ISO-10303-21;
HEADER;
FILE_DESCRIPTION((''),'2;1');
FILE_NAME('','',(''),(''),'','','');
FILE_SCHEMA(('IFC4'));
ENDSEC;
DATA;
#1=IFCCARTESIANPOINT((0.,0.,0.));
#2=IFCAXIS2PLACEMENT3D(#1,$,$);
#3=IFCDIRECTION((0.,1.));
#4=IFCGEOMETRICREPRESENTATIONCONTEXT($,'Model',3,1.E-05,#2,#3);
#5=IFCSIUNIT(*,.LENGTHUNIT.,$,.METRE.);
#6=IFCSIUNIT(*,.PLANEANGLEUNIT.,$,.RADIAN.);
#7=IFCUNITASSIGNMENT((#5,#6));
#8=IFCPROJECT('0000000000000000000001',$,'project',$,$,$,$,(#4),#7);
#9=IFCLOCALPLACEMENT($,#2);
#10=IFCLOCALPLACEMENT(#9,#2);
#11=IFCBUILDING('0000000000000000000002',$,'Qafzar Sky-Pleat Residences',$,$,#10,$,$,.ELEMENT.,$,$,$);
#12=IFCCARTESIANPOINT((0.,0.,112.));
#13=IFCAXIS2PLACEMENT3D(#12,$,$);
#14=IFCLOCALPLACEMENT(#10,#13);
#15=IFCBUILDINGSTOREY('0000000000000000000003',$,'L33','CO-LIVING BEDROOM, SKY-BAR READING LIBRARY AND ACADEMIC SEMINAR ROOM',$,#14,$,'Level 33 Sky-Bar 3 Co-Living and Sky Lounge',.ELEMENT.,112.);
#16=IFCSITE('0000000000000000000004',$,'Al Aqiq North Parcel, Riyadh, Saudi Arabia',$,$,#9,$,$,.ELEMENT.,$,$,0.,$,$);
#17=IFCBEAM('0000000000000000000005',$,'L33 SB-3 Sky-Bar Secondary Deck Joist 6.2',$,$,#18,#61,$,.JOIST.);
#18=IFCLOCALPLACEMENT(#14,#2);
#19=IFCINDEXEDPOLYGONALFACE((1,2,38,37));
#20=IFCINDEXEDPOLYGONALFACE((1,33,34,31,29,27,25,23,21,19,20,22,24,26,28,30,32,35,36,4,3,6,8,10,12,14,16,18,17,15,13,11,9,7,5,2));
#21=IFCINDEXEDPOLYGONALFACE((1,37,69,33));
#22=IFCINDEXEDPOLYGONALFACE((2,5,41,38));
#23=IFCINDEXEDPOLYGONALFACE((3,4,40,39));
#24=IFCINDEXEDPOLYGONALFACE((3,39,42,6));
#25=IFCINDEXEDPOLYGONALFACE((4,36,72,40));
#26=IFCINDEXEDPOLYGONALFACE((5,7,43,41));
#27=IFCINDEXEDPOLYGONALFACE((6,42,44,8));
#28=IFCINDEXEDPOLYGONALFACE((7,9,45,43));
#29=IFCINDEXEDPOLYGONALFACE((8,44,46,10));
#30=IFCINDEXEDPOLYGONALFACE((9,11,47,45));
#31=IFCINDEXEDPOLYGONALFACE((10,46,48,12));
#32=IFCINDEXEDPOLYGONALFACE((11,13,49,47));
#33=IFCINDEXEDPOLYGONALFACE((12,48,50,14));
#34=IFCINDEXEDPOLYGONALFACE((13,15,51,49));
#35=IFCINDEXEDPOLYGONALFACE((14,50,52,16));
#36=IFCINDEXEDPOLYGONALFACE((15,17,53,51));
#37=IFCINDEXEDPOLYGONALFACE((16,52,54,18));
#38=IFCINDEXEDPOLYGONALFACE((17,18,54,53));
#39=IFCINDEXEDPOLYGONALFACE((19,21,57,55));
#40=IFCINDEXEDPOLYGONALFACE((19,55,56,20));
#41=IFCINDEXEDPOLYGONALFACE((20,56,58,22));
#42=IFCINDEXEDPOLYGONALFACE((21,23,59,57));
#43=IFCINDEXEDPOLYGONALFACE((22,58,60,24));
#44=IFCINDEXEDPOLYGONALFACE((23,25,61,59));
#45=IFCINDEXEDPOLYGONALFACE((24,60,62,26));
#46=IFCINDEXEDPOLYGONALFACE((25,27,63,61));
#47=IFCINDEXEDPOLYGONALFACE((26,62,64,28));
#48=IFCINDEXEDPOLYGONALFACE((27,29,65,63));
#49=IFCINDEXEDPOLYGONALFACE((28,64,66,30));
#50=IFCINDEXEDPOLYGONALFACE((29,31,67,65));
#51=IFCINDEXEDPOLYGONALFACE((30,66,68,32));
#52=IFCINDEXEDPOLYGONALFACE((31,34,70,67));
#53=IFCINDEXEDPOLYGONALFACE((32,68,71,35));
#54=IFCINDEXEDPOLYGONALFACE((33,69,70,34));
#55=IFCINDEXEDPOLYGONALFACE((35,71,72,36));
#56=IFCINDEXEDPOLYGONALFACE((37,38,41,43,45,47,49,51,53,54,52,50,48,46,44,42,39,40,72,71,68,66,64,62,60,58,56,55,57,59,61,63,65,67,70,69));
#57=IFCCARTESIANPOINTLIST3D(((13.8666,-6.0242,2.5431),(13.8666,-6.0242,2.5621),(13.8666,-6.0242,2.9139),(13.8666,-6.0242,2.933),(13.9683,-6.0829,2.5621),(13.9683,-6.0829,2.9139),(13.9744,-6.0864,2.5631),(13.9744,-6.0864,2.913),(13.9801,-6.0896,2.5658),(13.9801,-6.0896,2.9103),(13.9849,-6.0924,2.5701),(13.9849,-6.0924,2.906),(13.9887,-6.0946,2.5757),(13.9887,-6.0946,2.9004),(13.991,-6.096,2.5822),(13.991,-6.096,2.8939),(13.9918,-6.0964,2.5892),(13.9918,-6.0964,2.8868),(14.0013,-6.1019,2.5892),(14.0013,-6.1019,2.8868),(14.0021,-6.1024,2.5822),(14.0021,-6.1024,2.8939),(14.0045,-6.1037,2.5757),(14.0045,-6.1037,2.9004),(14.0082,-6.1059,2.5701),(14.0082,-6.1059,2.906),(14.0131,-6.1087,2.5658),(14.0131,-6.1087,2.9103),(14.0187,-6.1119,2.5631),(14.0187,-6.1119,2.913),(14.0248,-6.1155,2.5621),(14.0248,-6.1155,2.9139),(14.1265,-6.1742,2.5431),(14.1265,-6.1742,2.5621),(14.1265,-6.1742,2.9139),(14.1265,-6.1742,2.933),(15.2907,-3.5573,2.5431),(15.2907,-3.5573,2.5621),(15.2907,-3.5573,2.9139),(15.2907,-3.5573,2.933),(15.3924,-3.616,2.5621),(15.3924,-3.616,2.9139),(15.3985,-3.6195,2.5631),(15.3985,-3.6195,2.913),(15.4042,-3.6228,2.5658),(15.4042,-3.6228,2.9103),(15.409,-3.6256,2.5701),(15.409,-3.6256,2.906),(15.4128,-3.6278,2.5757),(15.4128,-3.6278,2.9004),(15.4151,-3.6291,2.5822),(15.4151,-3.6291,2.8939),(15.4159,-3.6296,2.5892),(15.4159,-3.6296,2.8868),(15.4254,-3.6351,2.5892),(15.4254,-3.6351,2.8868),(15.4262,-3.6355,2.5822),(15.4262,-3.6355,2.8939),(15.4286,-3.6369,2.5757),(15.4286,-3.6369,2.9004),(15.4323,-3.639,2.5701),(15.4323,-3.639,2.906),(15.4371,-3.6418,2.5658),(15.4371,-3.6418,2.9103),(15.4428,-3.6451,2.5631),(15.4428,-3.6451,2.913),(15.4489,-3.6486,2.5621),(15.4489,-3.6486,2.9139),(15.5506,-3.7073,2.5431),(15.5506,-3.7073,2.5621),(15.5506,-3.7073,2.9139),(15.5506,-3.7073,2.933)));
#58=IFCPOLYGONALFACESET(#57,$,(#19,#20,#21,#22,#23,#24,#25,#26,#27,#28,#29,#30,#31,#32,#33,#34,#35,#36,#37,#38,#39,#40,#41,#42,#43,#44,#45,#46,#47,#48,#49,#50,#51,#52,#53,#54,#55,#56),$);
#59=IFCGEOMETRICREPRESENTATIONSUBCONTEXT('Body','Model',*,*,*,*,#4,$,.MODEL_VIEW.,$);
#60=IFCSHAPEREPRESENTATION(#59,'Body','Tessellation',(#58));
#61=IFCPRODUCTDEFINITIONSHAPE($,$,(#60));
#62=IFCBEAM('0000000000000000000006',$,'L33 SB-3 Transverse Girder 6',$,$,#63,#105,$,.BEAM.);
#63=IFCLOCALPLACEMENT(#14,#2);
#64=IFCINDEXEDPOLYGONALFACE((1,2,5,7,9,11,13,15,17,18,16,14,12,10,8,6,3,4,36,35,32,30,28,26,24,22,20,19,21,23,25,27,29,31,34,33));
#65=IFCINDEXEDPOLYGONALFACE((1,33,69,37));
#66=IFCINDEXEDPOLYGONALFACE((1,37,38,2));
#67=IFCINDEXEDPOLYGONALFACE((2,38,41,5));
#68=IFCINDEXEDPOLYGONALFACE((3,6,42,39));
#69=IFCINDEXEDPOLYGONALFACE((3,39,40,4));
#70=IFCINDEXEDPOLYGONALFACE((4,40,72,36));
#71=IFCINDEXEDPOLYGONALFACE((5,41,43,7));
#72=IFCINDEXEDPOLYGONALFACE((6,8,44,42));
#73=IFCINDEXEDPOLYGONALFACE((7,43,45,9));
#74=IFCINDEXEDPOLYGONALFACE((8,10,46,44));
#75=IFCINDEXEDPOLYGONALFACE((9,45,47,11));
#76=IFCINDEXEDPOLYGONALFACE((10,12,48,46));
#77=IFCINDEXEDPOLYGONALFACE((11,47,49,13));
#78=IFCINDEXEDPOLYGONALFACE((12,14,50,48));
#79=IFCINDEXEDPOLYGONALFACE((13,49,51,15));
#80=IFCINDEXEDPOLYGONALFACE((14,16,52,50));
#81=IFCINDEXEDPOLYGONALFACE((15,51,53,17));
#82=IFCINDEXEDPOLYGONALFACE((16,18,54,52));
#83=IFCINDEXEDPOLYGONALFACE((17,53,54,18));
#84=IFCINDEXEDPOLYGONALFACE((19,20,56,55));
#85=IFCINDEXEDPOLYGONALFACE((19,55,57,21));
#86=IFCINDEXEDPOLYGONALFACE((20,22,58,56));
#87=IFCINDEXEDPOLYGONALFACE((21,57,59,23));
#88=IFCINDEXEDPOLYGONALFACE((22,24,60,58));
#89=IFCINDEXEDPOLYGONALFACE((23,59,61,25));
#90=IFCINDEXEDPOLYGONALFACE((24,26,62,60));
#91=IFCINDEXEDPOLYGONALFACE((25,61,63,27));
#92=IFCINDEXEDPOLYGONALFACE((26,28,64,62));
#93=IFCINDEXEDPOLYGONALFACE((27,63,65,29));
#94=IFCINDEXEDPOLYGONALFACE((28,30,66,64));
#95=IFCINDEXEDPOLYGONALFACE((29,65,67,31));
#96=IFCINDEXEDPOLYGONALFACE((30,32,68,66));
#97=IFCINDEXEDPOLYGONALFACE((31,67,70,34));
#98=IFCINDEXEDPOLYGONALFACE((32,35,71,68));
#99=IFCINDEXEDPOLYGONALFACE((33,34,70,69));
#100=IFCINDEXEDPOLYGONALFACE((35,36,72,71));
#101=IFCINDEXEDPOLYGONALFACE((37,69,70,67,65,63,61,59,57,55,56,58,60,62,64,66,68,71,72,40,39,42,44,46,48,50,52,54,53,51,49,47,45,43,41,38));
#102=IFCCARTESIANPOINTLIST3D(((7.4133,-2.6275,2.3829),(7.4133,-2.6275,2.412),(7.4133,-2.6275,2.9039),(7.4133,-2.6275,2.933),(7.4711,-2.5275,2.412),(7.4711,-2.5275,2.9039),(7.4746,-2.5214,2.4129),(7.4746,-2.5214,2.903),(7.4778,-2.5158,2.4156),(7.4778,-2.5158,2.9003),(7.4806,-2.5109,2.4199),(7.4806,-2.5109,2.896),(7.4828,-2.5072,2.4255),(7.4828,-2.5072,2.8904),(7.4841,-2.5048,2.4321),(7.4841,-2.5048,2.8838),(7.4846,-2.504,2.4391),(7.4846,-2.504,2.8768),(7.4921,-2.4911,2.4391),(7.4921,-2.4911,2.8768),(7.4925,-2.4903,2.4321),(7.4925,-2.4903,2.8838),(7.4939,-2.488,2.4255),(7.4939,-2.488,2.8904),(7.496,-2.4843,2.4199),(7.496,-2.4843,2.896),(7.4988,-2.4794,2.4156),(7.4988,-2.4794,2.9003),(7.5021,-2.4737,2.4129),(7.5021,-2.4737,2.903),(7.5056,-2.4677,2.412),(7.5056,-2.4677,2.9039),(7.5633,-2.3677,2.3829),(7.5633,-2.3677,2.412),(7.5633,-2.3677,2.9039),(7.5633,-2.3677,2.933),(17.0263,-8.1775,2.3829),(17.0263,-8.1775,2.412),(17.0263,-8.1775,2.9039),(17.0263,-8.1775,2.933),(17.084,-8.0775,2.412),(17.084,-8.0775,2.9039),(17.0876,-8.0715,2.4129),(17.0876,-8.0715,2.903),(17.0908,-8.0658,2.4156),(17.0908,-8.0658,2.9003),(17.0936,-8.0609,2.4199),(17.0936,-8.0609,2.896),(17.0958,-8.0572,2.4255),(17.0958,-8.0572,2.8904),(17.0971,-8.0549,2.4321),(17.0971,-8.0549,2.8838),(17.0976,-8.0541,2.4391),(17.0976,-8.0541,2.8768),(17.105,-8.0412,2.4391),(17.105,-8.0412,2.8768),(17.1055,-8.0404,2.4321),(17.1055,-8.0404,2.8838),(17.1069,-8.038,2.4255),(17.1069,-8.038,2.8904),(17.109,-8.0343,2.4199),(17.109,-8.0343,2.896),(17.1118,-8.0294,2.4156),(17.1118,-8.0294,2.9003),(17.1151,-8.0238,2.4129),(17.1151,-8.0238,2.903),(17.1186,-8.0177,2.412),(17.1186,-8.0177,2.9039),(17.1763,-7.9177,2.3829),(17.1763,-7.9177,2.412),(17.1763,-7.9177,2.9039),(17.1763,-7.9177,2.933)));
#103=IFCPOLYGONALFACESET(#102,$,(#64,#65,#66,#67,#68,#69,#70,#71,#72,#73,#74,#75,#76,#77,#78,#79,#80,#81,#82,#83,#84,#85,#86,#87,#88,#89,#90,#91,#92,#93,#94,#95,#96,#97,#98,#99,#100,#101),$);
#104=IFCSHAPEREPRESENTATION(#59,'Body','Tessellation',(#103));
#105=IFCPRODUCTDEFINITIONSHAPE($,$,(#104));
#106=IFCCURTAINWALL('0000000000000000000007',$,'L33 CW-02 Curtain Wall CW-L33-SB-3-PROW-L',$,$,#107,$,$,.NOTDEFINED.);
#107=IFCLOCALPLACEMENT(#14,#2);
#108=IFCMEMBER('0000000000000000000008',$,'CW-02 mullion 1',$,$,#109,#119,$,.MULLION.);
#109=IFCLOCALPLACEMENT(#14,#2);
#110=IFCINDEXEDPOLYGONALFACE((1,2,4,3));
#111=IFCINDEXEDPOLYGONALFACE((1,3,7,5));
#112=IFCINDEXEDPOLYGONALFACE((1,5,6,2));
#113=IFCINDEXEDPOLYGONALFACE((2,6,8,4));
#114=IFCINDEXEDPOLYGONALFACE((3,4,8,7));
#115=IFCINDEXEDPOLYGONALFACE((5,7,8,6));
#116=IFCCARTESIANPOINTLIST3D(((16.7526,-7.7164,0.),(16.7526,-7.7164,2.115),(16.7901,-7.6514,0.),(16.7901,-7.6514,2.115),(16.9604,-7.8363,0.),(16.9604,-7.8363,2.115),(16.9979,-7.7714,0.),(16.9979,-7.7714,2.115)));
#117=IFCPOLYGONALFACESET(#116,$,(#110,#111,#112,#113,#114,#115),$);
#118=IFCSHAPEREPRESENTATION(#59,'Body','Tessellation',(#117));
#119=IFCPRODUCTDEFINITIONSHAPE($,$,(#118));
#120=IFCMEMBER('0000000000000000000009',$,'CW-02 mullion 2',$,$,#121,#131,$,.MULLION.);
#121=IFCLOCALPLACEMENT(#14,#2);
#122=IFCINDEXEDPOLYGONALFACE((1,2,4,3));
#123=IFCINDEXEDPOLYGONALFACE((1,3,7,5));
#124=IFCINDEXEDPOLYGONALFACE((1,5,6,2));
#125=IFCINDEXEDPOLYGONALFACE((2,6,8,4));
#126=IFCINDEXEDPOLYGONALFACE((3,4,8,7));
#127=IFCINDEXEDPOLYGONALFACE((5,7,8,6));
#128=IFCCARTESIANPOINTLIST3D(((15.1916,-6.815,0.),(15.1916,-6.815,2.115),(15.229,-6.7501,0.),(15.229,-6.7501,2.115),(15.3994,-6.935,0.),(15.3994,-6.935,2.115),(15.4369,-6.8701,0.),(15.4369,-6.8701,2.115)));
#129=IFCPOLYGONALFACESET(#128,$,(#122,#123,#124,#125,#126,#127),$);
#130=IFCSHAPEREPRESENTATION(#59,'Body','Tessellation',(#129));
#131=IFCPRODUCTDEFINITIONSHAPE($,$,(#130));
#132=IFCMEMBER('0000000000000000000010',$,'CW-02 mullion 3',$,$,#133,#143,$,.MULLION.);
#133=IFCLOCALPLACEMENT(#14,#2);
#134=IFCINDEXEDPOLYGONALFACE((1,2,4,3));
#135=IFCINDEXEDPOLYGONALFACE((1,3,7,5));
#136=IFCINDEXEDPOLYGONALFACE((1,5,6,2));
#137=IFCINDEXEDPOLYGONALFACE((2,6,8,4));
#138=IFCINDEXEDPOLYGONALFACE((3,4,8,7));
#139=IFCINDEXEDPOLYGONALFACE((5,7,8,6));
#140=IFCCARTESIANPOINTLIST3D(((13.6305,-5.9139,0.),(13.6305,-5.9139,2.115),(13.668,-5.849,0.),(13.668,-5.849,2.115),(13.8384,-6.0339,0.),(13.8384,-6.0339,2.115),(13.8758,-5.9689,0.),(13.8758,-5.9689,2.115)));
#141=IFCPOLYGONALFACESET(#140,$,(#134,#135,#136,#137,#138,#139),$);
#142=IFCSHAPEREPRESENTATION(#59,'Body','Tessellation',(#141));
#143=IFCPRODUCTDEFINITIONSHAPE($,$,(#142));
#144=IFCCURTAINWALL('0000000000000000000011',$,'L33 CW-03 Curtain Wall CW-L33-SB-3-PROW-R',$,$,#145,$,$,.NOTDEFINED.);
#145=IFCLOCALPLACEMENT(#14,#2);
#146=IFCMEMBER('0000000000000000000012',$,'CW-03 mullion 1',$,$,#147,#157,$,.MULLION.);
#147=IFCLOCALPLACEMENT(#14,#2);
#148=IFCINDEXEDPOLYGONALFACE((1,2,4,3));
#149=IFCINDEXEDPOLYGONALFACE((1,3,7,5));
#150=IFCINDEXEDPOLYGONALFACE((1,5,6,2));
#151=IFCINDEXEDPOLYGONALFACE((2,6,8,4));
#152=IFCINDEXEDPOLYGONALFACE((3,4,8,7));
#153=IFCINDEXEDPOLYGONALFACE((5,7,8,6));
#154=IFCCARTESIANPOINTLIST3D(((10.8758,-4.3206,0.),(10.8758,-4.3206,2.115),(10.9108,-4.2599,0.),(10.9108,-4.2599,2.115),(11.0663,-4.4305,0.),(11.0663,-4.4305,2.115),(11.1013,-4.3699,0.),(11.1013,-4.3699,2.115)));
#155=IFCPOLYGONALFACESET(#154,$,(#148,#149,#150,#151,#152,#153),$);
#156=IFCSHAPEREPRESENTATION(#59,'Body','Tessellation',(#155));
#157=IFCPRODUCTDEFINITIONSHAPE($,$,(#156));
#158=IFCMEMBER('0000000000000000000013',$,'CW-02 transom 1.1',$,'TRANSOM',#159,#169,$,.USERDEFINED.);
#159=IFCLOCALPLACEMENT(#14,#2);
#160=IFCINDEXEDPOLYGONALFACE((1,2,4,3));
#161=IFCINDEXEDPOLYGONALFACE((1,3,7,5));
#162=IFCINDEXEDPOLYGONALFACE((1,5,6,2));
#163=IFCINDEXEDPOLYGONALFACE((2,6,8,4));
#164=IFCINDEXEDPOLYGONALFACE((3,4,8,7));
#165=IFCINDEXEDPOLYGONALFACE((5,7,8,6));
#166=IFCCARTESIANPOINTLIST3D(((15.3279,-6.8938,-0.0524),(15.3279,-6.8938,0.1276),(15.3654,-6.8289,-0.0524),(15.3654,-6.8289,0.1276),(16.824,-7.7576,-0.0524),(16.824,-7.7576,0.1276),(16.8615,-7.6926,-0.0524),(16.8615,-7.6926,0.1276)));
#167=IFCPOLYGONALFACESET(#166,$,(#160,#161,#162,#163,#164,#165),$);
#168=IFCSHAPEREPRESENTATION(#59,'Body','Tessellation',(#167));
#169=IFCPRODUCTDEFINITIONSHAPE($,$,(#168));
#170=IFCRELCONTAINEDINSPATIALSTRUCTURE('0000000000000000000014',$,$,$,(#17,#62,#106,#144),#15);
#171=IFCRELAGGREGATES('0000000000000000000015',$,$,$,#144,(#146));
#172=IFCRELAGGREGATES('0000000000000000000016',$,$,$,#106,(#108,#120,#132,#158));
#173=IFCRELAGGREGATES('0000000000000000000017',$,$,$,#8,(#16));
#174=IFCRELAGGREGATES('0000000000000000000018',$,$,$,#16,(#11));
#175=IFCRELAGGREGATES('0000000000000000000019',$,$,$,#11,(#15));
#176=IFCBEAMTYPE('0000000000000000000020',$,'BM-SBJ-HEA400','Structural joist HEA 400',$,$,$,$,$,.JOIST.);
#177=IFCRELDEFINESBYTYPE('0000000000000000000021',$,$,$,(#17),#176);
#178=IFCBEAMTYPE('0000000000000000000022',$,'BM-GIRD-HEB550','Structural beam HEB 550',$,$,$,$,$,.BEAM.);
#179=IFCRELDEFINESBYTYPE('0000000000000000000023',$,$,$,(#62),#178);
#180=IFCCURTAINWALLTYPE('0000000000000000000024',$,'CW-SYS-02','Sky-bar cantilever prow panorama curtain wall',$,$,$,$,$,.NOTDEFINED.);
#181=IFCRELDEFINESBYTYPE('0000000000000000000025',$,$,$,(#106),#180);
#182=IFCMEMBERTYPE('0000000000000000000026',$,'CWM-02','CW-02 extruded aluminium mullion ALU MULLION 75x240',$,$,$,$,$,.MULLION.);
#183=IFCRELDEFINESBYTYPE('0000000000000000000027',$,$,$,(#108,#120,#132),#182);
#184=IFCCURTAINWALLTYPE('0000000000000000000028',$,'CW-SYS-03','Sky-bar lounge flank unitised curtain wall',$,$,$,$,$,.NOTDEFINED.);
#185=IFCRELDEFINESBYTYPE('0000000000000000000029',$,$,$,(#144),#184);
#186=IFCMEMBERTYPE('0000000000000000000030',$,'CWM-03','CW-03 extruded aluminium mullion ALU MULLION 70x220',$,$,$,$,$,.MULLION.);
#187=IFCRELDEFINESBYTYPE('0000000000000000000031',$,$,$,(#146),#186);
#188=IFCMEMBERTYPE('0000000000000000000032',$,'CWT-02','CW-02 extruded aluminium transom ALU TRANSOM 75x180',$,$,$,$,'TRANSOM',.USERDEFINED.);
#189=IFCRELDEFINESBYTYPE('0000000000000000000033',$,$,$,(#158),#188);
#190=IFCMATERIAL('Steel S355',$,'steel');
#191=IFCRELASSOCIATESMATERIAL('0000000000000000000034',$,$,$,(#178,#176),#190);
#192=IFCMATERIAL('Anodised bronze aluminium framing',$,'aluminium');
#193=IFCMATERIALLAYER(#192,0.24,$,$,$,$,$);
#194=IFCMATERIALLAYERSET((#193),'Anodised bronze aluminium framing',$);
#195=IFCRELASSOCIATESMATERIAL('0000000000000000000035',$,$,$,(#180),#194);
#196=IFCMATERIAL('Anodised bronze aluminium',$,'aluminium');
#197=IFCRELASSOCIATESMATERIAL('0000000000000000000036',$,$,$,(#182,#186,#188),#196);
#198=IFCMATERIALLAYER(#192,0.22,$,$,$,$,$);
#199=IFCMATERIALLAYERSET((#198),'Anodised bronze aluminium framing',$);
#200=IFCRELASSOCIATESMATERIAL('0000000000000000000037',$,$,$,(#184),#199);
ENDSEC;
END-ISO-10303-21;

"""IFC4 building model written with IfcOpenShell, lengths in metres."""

from ifc_helpers import new_model, si_unit, direction, frame, origin, origin_2d, place, context, subcontext, project, spatial, rectangle, i_section, extrude, source, transform, mapped, material, layer, layer_set, material_profile, profile_set, type_object, element, aggregate, save


model = new_model("IFC4")

# Units and contexts
model_context = context("Model", 3, precision=1e-05, world=origin(), true_north=direction((0.0, 1.0)))
body_context = subcontext(model_context, "Body", "Model", "MODEL_VIEW")
ifc_project = project(units=[si_unit("LENGTHUNIT", "METRE"), si_unit("PLANEANGLEUNIT", "RADIAN")], contexts=[model_context])

# Site, building, storey
site_placement = place(None, origin())
site = spatial("IfcSite", under=ifc_project, at=site_placement, Name="Al Aqiq North Parcel, Riyadh, Saudi Arabia", CompositionType="ELEMENT", RefElevation=0.0)
building_placement = place(site_placement, origin())
building = spatial("IfcBuilding", under=site, at=building_placement, Name="Qafzar Sky-Pleat Residences", CompositionType="ELEMENT")
storey_placement = place(building_placement, frame((0.0, 0.0, 112.0)))
storey = spatial("IfcBuildingStorey", under=building, at=storey_placement, Name="L33", Description="CO-LIVING BEDROOM, SKY-BAR READING LIBRARY AND ACADEMIC SEMINAR ROOM", LongName="Level 33 Sky-Bar 3 Co-Living and Sky Lounge", CompositionType="ELEMENT", Elevation=112.0)

# Beams
ifc_material_1 = material(Name="Steel S355", Category="steel")
ifc_material_profile_1 = material_profile(ifc_material_1, i_section(OverallWidth=0.3, OverallDepth=0.55, WebThickness=0.0149, FlangeThickness=0.0291, FilletRadius=0.0271, at=origin_2d()), Name="HEB 550")
ifc_profile_set_1 = profile_set([ifc_material_profile_1], Name="Steel S355")
beam_type_1 = type_object("IfcBeamType", Name="BM-GIRD-HEB550", Description="Structural beam HEB 550", PredefinedType="BEAM", material=ifc_profile_set_1)
ifc_material_profile_2 = material_profile(ifc_material_1, i_section(OverallWidth=0.3, OverallDepth=0.3899, WebThickness=0.011, FlangeThickness=0.019, FilletRadius=0.0271, at=origin_2d()), Name="HEA 400")
ifc_profile_set_2 = profile_set([ifc_material_profile_2], Name="Steel S355")
beam_type_2 = type_object("IfcBeamType", Name="BM-SBJ-HEA400", Description="Structural joist HEA 400", PredefinedType="JOIST", material=ifc_profile_set_2)
shared_shape_1 = source(origin(), body_context, "Body", "SweptSolid", [
    extrude(i_section(OverallWidth=0.3, OverallDepth=0.3899, WebThickness=0.011, FlangeThickness=0.019, FilletRadius=0.0271, at=origin_2d()), origin(), (0.0, 0.0, 1.0), 2.8484),
])
for number, where, z_axis, x_axis, name in (
    (1, (15.4207, -3.6323, 2.738), (-0.499965, -0.866046, 0.0), (0.866046, -0.499965, 0.0), "L33 SB-3 Sky-Bar Secondary Deck Joist 6.2"),
):
    element("IfcBeam", number, at=place(storey_placement, frame(where, z_axis=z_axis, x_axis=x_axis)), inside=storey, type_object=beam_type_2, Name=name, PredefinedType="JOIST", context=body_context, shape_type="MappedRepresentation", body=[
        mapped(shared_shape_1, transform((0.0, 0.0, 0.0), x_axis=(1.0, 0.0, 0.0), y_axis=(0.0, 1.0, 0.0), z_axis=(0.0, 0.0, 1.0), scale=1.0)),
    ])
shared_shape_2 = source(origin(), body_context, "Body", "SweptSolid", [
    extrude(i_section(OverallWidth=0.3, OverallDepth=0.55, WebThickness=0.0149, FlangeThickness=0.0291, FilletRadius=0.0271, at=origin_2d()), origin(), (0.0, 0.0, 1.0), 11.1001),
])
beam_placement = place(storey_placement, frame((17.1013, -8.0476, 2.658), z_axis=(-0.866027, 0.499997, 0.0), x_axis=(-0.499997, -0.866027, 0.0)))
element("IfcBeam", 2, at=beam_placement, inside=storey, type_object=beam_type_1, Name="L33 SB-3 Transverse Girder 6", PredefinedType="BEAM", context=body_context, shape_type="MappedRepresentation", body=[
    mapped(shared_shape_2, transform((0.0, 0.0, 0.0), x_axis=(1.0, 0.0, 0.0), y_axis=(0.0, 1.0, 0.0), z_axis=(0.0, 0.0, 1.0), scale=1.0)),
])

# Curtain wall, members
ifc_material_2 = material(Name="Anodised bronze aluminium framing", Category="aluminium")
ifc_layer_1 = layer(ifc_material_2, 0.24)
ifc_layer_set_1 = layer_set([ifc_layer_1], Name="Anodised bronze aluminium framing")
curtain_wall_type_1 = type_object("IfcCurtainWallType", Name="CW-SYS-02", Description="Sky-bar cantilever prow panorama curtain wall", PredefinedType="NOTDEFINED", material=ifc_layer_set_1)
curtain_wall_1_placement = place(storey_placement, origin())
curtain_wall_1 = element("IfcCurtainWall", 3, at=curtain_wall_1_placement, inside=storey, type_object=curtain_wall_type_1, Name="L33 CW-02 Curtain Wall CW-L33-SB-3-PROW-L", PredefinedType="NOTDEFINED")
ifc_material_3 = material(Name="Anodised bronze aluminium", Category="aluminium")
ifc_material_profile_3 = material_profile(ifc_material_3, rectangle(XDim=0.075, YDim=0.24, at=origin_2d()), Name="ALU MULLION 75x240")
ifc_profile_set_3 = profile_set([ifc_material_profile_3], Name="Anodised bronze aluminium")
member_type_1 = type_object("IfcMemberType", Name="CWM-02", Description="CW-02 extruded aluminium mullion ALU MULLION 75x240", PredefinedType="MULLION", material=ifc_profile_set_3)
shared_shape_3 = source(origin(), body_context, "Body", "SweptSolid", [
    extrude(rectangle(XDim=0.075, YDim=0.24, at=origin_2d()), origin(), (0.0, 0.0, 1.0), 2.115),
])
member_1_placement = place(storey_placement, frame((16.8752, -7.7439, 0.0), z_axis=(0.0, 0.0, 1.0), x_axis=(-0.499997, -0.866027, 0.0)))
member_1 = element("IfcMember", 4, at=member_1_placement, type_object=member_type_1, Name="CW-02 mullion 1", PredefinedType="MULLION", context=body_context, shape_type="MappedRepresentation", body=[
    mapped(shared_shape_3, transform((0.0, 0.0, 0.0), x_axis=(1.0, 0.0, 0.0), y_axis=(0.0, 1.0, 0.0), z_axis=(0.0, 0.0, 1.0), scale=1.0)),
])
member_2_placement = place(storey_placement, frame((15.3142, -6.8425, 0.0), z_axis=(0.0, 0.0, 1.0), x_axis=(-0.499997, -0.866027, 0.0)))
member_2 = element("IfcMember", 5, at=member_2_placement, type_object=member_type_1, Name="CW-02 mullion 2", PredefinedType="MULLION", context=body_context, shape_type="MappedRepresentation", body=[
    mapped(shared_shape_3, transform((0.0, 0.0, 0.0), x_axis=(1.0, 0.0, 0.0), y_axis=(0.0, 1.0, 0.0), z_axis=(0.0, 0.0, 1.0), scale=1.0)),
])
member_3_placement = place(storey_placement, frame((13.7532, -5.9414, 0.0), z_axis=(0.0, 0.0, 1.0), x_axis=(-0.499997, -0.866027, 0.0)))
member_3 = element("IfcMember", 6, at=member_3_placement, type_object=member_type_1, Name="CW-02 mullion 3", PredefinedType="MULLION", context=body_context, shape_type="MappedRepresentation", body=[
    mapped(shared_shape_3, transform((0.0, 0.0, 0.0), x_axis=(1.0, 0.0, 0.0), y_axis=(0.0, 1.0, 0.0), z_axis=(0.0, 0.0, 1.0), scale=1.0)),
])

# Curtain wall, member
ifc_layer_2 = layer(ifc_material_2, 0.22)
ifc_layer_set_2 = layer_set([ifc_layer_2], Name="Anodised bronze aluminium framing")
curtain_wall_type_2 = type_object("IfcCurtainWallType", Name="CW-SYS-03", Description="Sky-bar lounge flank unitised curtain wall", PredefinedType="NOTDEFINED", material=ifc_layer_set_2)
curtain_wall_2_placement = place(storey_placement, origin())
curtain_wall_2 = element("IfcCurtainWall", 7, at=curtain_wall_2_placement, inside=storey, type_object=curtain_wall_type_2, Name="L33 CW-03 Curtain Wall CW-L33-SB-3-PROW-R", PredefinedType="NOTDEFINED")
ifc_material_profile_4 = material_profile(ifc_material_3, rectangle(XDim=0.0701, YDim=0.22, at=origin_2d()), Name="ALU MULLION 70x220")
ifc_profile_set_4 = profile_set([ifc_material_profile_4], Name="Anodised bronze aluminium")
member_type_2 = type_object("IfcMemberType", Name="CWM-03", Description="CW-03 extruded aluminium mullion ALU MULLION 70x220", PredefinedType="MULLION", material=ifc_profile_set_4)
shared_shape_4 = source(origin(), body_context, "Body", "SweptSolid", [
    extrude(rectangle(XDim=0.0701, YDim=0.22, at=origin_2d()), origin(), (0.0, 0.0, 1.0), 2.115),
])
member_4_placement = place(storey_placement, frame((10.9885, -4.3452, 0.0), z_axis=(0.0, 0.0, 1.0), x_axis=(-0.499997, -0.866027, 0.0)))
member_4 = element("IfcMember", 8, at=member_4_placement, type_object=member_type_2, Name="CW-03 mullion 1", PredefinedType="MULLION", context=body_context, shape_type="MappedRepresentation", body=[
    mapped(shared_shape_4, transform((0.0, 0.0, 0.0), x_axis=(1.0, 0.0, 0.0), y_axis=(0.0, 1.0, 0.0), z_axis=(0.0, 0.0, 1.0), scale=1.0)),
])

# Member
ifc_material_profile_5 = material_profile(ifc_material_3, rectangle(XDim=0.075, YDim=0.1799, at=origin_2d()), Name="ALU TRANSOM 75x180")
ifc_profile_set_5 = profile_set([ifc_material_profile_5], Name="Anodised bronze aluminium")
member_type_3 = type_object("IfcMemberType", Name="CWT-02", Description="CW-02 extruded aluminium transom ALU TRANSOM 75x180", ElementType="TRANSOM", PredefinedType="USERDEFINED", material=ifc_profile_set_5)
shared_shape_5 = source(origin(), body_context, "Body", "SweptSolid", [
    extrude(rectangle(XDim=0.075, YDim=0.1799, at=origin_2d()), origin(), (0.0, 0.0, 1.0), 1.7275),
])
member_5_placement = place(storey_placement, frame((16.8428, -7.7251, 0.0376), z_axis=(-0.866026, 0.5, 0.0), x_axis=(-0.5, -0.866026, 0.0)))
member_5 = element("IfcMember", 9, at=member_5_placement, type_object=member_type_3, Name="CW-02 transom 1.1", ObjectType="TRANSOM", PredefinedType="USERDEFINED", context=body_context, shape_type="MappedRepresentation", body=[
    mapped(shared_shape_5, transform((0.0, 0.0, 0.0), x_axis=(1.0, 0.0, 0.0), y_axis=(0.0, 1.0, 0.0), z_axis=(0.0, 0.0, 1.0), scale=1.0)),
])
aggregate(curtain_wall_2, [member_4])

aggregate(curtain_wall_1, [member_1, member_2, member_3, member_5])

save(model, "model.ifc")
